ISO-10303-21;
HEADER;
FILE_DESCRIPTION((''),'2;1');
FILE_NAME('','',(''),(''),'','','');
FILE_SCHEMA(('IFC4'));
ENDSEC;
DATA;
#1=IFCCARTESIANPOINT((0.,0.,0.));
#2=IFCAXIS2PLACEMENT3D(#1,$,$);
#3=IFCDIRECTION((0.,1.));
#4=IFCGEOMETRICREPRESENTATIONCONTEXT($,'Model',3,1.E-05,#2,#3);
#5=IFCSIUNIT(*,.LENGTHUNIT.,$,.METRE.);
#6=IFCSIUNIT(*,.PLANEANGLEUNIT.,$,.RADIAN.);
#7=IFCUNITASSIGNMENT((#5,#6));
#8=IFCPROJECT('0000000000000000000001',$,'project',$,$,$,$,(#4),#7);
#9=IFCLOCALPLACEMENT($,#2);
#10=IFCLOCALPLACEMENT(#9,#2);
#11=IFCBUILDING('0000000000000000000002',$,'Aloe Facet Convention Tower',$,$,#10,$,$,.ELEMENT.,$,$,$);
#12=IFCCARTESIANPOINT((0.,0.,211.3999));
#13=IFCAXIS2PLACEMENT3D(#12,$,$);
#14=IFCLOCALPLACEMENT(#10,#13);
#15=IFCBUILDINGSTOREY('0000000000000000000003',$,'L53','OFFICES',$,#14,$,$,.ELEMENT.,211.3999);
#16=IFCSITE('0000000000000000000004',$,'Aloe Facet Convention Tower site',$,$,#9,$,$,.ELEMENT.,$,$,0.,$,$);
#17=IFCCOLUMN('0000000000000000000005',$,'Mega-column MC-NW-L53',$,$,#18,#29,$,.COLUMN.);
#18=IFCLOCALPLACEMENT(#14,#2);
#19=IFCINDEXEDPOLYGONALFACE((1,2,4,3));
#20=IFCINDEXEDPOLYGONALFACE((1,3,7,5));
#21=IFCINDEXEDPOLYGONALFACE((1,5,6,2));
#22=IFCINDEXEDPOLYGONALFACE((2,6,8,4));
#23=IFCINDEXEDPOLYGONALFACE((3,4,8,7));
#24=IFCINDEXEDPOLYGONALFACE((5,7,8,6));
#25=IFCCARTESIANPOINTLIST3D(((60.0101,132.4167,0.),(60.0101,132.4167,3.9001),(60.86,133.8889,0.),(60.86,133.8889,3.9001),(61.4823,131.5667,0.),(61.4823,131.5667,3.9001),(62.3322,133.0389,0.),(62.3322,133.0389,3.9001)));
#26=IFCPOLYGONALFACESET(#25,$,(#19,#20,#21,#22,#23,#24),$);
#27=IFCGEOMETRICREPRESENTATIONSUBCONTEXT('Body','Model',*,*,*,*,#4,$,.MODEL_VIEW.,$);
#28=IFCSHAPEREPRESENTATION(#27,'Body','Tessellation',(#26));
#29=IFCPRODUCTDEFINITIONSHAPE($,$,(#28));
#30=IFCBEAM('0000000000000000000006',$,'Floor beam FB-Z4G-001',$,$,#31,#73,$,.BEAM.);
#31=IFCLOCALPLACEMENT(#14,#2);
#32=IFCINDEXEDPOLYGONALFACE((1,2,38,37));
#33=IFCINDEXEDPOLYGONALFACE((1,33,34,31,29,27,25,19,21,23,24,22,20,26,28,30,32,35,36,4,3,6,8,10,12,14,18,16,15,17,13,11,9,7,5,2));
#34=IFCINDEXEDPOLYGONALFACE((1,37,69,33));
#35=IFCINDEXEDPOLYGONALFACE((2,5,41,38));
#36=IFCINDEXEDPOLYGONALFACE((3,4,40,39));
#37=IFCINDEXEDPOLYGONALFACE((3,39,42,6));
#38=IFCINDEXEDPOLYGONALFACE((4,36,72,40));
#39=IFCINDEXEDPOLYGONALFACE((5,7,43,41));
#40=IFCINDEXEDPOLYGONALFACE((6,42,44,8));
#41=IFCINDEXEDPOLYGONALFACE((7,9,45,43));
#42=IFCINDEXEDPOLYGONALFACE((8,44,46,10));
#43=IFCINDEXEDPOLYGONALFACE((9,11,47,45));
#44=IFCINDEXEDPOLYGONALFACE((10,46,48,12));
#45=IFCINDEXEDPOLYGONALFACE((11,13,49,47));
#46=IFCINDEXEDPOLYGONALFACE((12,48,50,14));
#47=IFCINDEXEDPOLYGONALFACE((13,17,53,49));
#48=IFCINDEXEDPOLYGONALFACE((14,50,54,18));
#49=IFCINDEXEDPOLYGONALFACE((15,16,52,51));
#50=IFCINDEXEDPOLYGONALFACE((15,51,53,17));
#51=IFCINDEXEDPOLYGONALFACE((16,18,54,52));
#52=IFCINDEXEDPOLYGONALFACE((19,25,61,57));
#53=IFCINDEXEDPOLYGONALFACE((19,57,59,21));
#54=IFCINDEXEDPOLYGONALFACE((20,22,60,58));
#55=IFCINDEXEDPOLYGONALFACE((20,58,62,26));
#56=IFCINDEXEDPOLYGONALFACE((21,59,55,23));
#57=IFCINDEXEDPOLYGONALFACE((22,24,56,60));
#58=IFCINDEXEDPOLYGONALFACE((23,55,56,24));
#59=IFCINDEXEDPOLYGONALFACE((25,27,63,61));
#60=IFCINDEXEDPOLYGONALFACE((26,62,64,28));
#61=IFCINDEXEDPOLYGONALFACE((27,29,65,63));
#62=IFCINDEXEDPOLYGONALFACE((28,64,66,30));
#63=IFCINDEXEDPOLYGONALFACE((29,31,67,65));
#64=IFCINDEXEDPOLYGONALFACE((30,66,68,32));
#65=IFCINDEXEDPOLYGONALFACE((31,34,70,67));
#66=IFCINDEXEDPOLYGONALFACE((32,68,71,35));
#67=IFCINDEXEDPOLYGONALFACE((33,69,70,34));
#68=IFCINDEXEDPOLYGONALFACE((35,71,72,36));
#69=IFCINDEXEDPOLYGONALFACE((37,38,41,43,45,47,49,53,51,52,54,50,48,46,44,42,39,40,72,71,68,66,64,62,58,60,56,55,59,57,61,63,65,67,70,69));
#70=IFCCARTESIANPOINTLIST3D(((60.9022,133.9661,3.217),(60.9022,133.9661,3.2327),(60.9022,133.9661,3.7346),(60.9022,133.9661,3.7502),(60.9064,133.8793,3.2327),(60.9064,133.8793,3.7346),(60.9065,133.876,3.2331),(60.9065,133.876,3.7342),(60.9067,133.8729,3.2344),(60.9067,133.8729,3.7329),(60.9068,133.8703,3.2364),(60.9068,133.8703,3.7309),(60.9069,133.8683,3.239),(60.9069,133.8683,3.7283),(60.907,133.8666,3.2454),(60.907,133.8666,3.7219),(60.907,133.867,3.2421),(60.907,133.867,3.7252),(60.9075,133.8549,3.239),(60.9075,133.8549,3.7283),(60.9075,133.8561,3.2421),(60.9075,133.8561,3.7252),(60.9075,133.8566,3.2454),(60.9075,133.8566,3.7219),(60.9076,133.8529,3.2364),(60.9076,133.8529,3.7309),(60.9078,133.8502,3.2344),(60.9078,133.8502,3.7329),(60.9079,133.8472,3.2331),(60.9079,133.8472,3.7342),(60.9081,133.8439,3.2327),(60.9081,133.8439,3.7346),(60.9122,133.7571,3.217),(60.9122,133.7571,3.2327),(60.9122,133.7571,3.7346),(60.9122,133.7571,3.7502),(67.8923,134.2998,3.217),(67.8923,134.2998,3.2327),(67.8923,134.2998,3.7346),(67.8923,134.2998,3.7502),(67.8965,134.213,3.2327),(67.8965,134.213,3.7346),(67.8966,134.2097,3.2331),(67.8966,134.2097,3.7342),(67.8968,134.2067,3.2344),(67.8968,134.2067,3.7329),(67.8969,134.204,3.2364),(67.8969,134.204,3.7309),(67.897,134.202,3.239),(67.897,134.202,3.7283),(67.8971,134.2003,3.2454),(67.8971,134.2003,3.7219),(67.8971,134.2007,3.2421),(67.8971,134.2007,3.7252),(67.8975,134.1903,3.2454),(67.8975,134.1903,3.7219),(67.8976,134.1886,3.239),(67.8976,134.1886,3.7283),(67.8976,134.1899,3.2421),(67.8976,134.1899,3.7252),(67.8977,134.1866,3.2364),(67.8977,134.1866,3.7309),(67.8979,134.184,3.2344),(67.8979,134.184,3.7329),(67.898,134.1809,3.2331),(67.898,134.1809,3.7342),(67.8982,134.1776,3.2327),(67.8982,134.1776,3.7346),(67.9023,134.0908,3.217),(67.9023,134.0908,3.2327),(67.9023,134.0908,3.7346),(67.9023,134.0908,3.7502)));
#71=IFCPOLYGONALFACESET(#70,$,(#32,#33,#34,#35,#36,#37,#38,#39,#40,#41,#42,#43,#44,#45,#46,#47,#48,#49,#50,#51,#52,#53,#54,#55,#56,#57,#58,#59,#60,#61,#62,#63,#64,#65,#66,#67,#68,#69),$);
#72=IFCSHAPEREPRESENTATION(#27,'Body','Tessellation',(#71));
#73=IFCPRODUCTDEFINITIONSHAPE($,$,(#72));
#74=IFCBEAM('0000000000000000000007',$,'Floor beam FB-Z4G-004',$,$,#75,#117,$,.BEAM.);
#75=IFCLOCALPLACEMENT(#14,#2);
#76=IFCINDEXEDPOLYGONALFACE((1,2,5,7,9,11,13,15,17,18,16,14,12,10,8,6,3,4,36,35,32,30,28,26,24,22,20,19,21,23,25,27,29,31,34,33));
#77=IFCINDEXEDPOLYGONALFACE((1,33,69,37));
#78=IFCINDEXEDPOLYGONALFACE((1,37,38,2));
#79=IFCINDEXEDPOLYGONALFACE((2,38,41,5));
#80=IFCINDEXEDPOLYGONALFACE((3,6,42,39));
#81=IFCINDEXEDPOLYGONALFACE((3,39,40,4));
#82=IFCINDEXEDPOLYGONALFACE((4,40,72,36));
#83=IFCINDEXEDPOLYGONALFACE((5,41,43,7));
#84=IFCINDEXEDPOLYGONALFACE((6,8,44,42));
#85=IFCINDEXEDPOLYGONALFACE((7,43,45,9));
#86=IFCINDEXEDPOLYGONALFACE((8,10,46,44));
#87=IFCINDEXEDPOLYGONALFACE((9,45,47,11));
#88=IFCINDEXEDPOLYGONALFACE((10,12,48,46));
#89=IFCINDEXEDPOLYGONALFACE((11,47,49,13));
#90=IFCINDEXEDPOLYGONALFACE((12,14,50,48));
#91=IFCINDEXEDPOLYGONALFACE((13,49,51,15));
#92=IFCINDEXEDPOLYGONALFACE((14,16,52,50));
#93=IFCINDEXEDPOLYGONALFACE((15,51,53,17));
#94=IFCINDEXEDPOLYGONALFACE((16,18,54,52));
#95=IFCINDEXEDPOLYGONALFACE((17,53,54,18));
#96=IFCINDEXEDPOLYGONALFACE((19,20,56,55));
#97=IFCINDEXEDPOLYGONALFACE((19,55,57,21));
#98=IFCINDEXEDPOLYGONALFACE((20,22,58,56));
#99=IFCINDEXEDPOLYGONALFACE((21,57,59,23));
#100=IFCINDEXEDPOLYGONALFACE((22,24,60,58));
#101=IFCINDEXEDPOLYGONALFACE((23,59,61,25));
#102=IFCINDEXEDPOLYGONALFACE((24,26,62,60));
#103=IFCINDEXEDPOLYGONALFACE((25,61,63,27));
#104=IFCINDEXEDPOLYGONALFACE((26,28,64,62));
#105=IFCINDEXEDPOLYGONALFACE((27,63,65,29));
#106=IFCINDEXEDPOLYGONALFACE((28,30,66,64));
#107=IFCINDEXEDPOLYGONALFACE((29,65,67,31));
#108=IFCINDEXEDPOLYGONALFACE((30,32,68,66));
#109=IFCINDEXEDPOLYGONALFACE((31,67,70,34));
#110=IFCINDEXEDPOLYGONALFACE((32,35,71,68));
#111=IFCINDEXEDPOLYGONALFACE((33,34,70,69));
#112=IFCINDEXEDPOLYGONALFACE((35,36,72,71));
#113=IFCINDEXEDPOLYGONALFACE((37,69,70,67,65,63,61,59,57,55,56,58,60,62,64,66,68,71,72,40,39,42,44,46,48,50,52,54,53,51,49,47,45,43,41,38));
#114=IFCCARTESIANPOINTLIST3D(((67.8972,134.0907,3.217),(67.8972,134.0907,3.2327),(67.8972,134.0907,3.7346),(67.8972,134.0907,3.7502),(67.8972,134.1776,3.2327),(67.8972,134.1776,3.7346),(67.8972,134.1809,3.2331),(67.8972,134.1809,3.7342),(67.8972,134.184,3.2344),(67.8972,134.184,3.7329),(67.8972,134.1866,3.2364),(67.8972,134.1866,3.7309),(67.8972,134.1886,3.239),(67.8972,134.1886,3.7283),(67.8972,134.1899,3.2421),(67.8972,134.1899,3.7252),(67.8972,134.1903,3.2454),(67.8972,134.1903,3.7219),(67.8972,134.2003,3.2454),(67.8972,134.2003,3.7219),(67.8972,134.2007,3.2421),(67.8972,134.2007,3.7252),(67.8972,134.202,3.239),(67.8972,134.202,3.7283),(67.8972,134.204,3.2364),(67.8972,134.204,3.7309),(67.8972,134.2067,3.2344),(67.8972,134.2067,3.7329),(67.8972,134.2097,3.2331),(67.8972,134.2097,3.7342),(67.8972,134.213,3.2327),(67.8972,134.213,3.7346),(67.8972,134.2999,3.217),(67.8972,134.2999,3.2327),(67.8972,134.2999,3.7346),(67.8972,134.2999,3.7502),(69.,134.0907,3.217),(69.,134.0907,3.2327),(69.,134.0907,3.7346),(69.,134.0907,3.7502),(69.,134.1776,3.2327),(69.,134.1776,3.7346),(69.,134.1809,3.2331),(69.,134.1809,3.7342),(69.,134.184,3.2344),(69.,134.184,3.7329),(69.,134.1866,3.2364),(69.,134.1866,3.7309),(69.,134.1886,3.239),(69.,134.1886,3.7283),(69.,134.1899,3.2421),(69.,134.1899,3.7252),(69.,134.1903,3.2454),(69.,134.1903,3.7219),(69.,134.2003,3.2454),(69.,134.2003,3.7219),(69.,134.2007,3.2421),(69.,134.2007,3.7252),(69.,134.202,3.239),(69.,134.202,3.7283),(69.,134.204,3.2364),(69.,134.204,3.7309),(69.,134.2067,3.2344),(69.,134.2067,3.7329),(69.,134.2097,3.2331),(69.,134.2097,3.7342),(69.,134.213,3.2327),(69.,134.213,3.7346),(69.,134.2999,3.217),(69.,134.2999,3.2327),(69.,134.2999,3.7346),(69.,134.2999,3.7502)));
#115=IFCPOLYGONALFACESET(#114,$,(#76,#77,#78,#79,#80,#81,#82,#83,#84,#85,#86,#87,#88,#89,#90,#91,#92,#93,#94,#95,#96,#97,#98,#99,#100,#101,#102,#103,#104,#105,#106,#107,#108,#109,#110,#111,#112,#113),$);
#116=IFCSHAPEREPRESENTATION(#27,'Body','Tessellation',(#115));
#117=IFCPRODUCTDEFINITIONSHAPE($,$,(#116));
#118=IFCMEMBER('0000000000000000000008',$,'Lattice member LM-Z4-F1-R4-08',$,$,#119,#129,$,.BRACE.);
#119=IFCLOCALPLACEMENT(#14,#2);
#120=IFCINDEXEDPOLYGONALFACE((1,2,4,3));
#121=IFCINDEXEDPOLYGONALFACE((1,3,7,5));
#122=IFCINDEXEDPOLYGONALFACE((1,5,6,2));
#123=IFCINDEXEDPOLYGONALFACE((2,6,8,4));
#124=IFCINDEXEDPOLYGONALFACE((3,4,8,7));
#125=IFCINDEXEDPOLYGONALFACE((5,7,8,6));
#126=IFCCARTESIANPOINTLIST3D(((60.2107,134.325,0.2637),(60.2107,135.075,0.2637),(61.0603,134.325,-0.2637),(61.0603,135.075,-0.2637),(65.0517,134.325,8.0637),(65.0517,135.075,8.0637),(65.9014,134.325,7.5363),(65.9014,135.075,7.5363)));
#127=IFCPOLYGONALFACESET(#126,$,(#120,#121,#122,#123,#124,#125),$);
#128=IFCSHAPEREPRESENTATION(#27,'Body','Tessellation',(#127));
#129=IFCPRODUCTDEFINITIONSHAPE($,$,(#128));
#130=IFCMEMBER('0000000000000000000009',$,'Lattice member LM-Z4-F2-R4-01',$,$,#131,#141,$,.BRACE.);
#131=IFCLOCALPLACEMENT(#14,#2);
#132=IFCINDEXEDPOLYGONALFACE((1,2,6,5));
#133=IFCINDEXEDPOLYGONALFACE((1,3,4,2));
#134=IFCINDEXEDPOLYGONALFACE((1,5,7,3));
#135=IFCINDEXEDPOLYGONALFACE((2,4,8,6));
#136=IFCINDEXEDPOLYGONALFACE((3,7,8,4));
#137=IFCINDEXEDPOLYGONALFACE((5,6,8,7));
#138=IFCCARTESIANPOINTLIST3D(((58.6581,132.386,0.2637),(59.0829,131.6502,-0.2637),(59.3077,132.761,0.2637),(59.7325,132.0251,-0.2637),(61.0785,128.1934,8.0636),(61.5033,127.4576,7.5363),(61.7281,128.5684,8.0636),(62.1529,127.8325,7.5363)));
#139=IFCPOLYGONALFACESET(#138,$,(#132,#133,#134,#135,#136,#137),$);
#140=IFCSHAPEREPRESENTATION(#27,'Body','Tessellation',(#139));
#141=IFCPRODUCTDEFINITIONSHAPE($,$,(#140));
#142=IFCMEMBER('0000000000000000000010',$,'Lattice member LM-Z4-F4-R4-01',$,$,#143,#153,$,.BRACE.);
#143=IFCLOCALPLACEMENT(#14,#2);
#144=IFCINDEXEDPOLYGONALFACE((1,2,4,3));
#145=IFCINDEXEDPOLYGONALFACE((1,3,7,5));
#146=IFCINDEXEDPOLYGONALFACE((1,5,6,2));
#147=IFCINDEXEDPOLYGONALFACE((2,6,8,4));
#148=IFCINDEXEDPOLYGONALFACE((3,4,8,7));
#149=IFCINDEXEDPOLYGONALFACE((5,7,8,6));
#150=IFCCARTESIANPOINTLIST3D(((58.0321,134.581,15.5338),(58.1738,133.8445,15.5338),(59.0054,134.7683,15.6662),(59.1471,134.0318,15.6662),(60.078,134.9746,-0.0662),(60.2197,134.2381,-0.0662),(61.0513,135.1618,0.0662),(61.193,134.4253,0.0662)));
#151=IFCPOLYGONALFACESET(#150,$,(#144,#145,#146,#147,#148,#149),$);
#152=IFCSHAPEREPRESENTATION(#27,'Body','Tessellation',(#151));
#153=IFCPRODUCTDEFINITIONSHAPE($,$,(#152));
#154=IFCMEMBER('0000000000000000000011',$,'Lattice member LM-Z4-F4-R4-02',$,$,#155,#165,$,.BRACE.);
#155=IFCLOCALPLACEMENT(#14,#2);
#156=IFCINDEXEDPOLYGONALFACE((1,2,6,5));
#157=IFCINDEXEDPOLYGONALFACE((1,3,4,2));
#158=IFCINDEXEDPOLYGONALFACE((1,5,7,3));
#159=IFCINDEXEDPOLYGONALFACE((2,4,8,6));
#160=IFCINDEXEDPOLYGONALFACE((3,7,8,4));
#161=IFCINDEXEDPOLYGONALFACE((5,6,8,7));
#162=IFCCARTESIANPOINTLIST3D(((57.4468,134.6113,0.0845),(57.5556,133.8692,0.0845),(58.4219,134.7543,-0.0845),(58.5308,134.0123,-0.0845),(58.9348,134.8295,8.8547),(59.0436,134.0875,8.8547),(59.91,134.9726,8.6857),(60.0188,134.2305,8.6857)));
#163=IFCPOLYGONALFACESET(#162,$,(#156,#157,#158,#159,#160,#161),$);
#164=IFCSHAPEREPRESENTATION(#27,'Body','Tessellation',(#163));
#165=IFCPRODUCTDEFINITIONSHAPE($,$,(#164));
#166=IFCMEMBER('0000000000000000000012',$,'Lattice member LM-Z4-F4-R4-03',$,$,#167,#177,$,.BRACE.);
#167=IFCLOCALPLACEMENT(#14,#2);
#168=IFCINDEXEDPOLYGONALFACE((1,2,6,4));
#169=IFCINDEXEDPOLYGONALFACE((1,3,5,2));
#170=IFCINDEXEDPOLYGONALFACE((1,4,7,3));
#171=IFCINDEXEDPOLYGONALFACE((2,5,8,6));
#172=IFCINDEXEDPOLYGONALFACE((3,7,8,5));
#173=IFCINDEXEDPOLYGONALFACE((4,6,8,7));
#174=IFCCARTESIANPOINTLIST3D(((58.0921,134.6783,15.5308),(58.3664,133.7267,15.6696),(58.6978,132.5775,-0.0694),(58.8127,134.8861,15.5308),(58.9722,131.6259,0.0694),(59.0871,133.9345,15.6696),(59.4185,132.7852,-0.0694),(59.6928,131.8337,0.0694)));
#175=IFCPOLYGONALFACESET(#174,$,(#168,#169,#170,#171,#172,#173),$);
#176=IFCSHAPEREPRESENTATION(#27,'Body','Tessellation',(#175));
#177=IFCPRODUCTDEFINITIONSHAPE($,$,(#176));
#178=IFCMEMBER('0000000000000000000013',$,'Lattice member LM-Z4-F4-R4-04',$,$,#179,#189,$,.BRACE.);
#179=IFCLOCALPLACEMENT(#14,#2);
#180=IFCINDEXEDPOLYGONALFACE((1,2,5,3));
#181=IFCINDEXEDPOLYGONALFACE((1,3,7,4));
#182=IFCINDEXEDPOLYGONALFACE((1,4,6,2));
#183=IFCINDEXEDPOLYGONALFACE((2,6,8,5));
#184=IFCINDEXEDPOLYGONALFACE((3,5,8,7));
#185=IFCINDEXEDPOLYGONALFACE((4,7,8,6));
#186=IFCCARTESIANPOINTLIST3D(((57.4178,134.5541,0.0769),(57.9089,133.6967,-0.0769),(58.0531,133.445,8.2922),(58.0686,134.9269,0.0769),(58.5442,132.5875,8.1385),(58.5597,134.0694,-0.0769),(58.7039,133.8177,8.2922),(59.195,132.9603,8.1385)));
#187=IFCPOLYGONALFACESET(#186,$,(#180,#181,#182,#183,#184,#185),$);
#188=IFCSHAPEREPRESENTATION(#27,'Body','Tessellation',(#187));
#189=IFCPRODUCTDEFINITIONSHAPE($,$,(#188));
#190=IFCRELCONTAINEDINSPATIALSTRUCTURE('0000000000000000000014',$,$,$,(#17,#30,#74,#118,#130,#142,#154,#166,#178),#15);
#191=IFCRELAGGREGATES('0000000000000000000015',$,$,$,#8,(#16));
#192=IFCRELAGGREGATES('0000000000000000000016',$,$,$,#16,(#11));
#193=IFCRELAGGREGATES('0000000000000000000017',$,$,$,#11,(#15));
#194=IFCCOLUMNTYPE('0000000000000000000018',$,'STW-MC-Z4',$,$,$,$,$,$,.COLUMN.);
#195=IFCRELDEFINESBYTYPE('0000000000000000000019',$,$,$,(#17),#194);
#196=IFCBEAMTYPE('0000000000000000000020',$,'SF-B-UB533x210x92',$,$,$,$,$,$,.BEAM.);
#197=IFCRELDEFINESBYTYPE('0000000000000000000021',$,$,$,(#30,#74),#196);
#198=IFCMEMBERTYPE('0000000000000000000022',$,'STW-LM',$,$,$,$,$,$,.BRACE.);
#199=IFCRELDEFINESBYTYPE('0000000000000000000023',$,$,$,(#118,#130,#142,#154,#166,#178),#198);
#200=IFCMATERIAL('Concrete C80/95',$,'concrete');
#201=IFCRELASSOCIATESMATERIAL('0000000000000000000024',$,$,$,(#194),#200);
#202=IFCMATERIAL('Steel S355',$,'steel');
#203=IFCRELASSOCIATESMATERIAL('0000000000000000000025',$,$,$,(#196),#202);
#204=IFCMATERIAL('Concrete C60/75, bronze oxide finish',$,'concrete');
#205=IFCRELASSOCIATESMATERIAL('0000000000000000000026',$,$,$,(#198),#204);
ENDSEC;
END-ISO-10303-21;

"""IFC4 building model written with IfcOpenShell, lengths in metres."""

from ifc_helpers import new_model, si_unit, direction, frame, origin, origin_2d, place, context, subcontext, project, spatial, rectangle, i_section, extrude, material, material_profile, profile_set, type_object, element, save


model = new_model("IFC4")

# Units and contexts
model_context = context("Model", 3, precision=1e-05, world=origin(), true_north=direction((0.0, 1.0)))
body_context = subcontext(model_context, "Body", "Model", "MODEL_VIEW")
ifc_project = project(units=[si_unit("LENGTHUNIT", "METRE"), si_unit("PLANEANGLEUNIT", "RADIAN")], contexts=[model_context])

# Site, building, storey
site_placement = place(None, origin())
site = spatial("IfcSite", under=ifc_project, at=site_placement, Name="Aloe Facet Convention Tower site", CompositionType="ELEMENT", RefElevation=0.0)
building_placement = place(site_placement, origin())
building = spatial("IfcBuilding", under=site, at=building_placement, Name="Aloe Facet Convention Tower", CompositionType="ELEMENT")
storey_placement = place(building_placement, frame((0.0, 0.0, 211.3999)))
storey = spatial("IfcBuildingStorey", under=building, at=storey_placement, Name="L53", Description="OFFICES", CompositionType="ELEMENT", Elevation=211.3999)

# Column
ifc_material_1 = material(Name="Concrete C80/95", Category="concrete")
ifc_material_profile_1 = material_profile(ifc_material_1, rectangle(XDim=1.7, YDim=1.7, at=origin_2d()), Name="STW-MC-Z4")
ifc_profile_set_1 = profile_set([ifc_material_profile_1], Name="Concrete C80/95")
column_type = type_object("IfcColumnType", Name="STW-MC-Z4", PredefinedType="COLUMN", material=ifc_profile_set_1)
column_placement = place(storey_placement, frame((61.1711, 132.7278, 0.0), z_axis=(0.0, 0.0, 1.0), x_axis=(-0.5, -0.866025, 0.0)))
element("IfcColumn", 1, at=column_placement, inside=storey, type_object=column_type, Name="Mega-column MC-NW-L53", PredefinedType="COLUMN", context=body_context, shape_type="SweptSolid", body=[
    extrude(rectangle(XDim=1.7, YDim=1.7, at=origin_2d()), origin(), (0.0, 0.0, 1.0), 3.9001),
])

# Beams
ifc_material_2 = material(Name="Steel S355", Category="steel")
ifc_material_profile_2 = material_profile(ifc_material_2, i_section(OverallWidth=0.2092, OverallDepth=0.5332, WebThickness=0.01, FlangeThickness=0.0156, FilletRadius=0.0127, at=origin_2d()), Name="UB 533x210x92")
ifc_profile_set_2 = profile_set([ifc_material_profile_2], Name="Steel S355")
beam_type = type_object("IfcBeamType", Name="SF-B-UB533x210x92", PredefinedType="BEAM", material=ifc_profile_set_2)
beam_1_placement = place(storey_placement, frame((60.9072, 133.8616, 3.4836), z_axis=(0.998862, 0.047691, 0.0), x_axis=(-0.047691, 0.998862, 0.0)))
element("IfcBeam", 2, at=beam_1_placement, inside=storey, type_object=beam_type, Name="Floor beam FB-Z4G-001", PredefinedType="BEAM", context=body_context, shape_type="SweptSolid", body=[
    extrude(i_section(OverallWidth=0.2092, OverallDepth=0.5332, WebThickness=0.01, FlangeThickness=0.0156, FilletRadius=0.0127, at=origin_2d()), origin(), (0.0, 0.0, 1.0), 6.998),
])
beam_2_placement = place(storey_placement, frame((67.8972, 134.1953, 3.4836), z_axis=(1.0, 0.0, 0.0), x_axis=(0.0, 1.0, 0.0)))
element("IfcBeam", 3, at=beam_2_placement, inside=storey, type_object=beam_type, Name="Floor beam FB-Z4G-004", PredefinedType="BEAM", context=body_context, shape_type="SweptSolid", body=[
    extrude(i_section(OverallWidth=0.2092, OverallDepth=0.5332, WebThickness=0.01, FlangeThickness=0.0156, FilletRadius=0.0127, at=origin_2d()), origin(), (0.0, 0.0, 1.0), 1.1028),
])

# Members
ifc_material_3 = material(Name="Concrete C60/75, bronze oxide finish", Category="concrete")
ifc_material_profile_3 = material_profile(ifc_material_3, rectangle(XDim=0.75, YDim=1.0, at=origin_2d()), Name="STW-LM")
ifc_profile_set_3 = profile_set([ifc_material_profile_3], Name="Concrete C60/75, bronze oxide finish")
member_type = type_object("IfcMemberType", Name="STW-LM", PredefinedType="BRACE", material=ifc_profile_set_3)
for number, where, z_axis, x_axis, name in (
    (4, (60.6355, 134.7, 0.0), (0.527336, 0.0, 0.849657), (0.0, 1.0, 0.0), "Lattice member LM-Z4-F1-R4-08"),
    (5, (59.1953, 132.2056, 0.0), (0.263654, -0.4567, 0.849654), (0.866044, 0.499968, 0.0), "Lattice member LM-Z4-F2-R4-01"),
):
    element("IfcMember", number, at=place(storey_placement, frame(where, z_axis=z_axis, x_axis=x_axis)), inside=storey, type_object=member_type, Name=name, PredefinedType="BRACE", context=body_context, shape_type="SweptSolid", body=[
        extrude(rectangle(XDim=0.75, YDim=1.0, at=origin_2d()), origin(), (0.0, 0.0, 1.0), 9.1802),
    ])
member_1_placement = place(storey_placement, frame((60.6355, 134.7, 0.0), z_axis=(-0.129992, -0.025006, 0.9912), x_axis=(0.1889, -0.981996, 0.0)))
element("IfcMember", 6, at=member_1_placement, inside=storey, type_object=member_type, Name="Lattice member LM-Z4-F4-R4-01", PredefinedType="BRACE", context=body_context, shape_type="SweptSolid", body=[
    extrude(rectangle(XDim=0.75, YDim=1.0, at=origin_2d()), origin(), (0.0, 0.0, 1.0), 15.7385),
])
member_2_placement = place(storey_placement, frame((57.9888, 134.3118, 0.0), z_axis=(0.167227, 0.024529, 0.985613), x_axis=(-0.145125, 0.989413, 0.0)))
element("IfcMember", 7, at=member_2_placement, inside=storey, type_object=member_type, Name="Lattice member LM-Z4-F4-R4-02", PredefinedType="BRACE", context=body_context, shape_type="SweptSolid", body=[
    extrude(rectangle(XDim=0.75, YDim=1.0, at=origin_2d()), origin(), (0.0, 0.0, 1.0), 8.8982),
])
member_3_placement = place(storey_placement, frame((59.1953, 132.2056, 0.0), z_axis=(-0.038452, 0.133364, 0.990321), x_axis=(-0.96086, -0.277036, 0.0)))
element("IfcMember", 8, at=member_3_placement, inside=storey, type_object=member_type, Name="Lattice member LM-Z4-F4-R4-03", PredefinedType="BRACE", context=body_context, shape_type="SweptSolid", body=[
    extrude(rectangle(XDim=0.75, YDim=1.0, at=origin_2d()), origin(), (0.0, 0.0, 1.0), 15.7527),
])
member_4_placement = place(storey_placement, frame((57.9888, 134.3118, 0.0), z_axis=(0.076406, -0.133402, 0.988112), x_axis=(0.867749, 0.497003, 0.0)))
element("IfcMember", 9, at=member_4_placement, inside=storey, type_object=member_type, Name="Lattice member LM-Z4-F4-R4-04", PredefinedType="BRACE", context=body_context, shape_type="SweptSolid", body=[
    extrude(rectangle(XDim=0.75, YDim=1.0, at=origin_2d()), origin(), (0.0, 0.0, 1.0), 8.3142),
])

save(model, "model.ifc")
